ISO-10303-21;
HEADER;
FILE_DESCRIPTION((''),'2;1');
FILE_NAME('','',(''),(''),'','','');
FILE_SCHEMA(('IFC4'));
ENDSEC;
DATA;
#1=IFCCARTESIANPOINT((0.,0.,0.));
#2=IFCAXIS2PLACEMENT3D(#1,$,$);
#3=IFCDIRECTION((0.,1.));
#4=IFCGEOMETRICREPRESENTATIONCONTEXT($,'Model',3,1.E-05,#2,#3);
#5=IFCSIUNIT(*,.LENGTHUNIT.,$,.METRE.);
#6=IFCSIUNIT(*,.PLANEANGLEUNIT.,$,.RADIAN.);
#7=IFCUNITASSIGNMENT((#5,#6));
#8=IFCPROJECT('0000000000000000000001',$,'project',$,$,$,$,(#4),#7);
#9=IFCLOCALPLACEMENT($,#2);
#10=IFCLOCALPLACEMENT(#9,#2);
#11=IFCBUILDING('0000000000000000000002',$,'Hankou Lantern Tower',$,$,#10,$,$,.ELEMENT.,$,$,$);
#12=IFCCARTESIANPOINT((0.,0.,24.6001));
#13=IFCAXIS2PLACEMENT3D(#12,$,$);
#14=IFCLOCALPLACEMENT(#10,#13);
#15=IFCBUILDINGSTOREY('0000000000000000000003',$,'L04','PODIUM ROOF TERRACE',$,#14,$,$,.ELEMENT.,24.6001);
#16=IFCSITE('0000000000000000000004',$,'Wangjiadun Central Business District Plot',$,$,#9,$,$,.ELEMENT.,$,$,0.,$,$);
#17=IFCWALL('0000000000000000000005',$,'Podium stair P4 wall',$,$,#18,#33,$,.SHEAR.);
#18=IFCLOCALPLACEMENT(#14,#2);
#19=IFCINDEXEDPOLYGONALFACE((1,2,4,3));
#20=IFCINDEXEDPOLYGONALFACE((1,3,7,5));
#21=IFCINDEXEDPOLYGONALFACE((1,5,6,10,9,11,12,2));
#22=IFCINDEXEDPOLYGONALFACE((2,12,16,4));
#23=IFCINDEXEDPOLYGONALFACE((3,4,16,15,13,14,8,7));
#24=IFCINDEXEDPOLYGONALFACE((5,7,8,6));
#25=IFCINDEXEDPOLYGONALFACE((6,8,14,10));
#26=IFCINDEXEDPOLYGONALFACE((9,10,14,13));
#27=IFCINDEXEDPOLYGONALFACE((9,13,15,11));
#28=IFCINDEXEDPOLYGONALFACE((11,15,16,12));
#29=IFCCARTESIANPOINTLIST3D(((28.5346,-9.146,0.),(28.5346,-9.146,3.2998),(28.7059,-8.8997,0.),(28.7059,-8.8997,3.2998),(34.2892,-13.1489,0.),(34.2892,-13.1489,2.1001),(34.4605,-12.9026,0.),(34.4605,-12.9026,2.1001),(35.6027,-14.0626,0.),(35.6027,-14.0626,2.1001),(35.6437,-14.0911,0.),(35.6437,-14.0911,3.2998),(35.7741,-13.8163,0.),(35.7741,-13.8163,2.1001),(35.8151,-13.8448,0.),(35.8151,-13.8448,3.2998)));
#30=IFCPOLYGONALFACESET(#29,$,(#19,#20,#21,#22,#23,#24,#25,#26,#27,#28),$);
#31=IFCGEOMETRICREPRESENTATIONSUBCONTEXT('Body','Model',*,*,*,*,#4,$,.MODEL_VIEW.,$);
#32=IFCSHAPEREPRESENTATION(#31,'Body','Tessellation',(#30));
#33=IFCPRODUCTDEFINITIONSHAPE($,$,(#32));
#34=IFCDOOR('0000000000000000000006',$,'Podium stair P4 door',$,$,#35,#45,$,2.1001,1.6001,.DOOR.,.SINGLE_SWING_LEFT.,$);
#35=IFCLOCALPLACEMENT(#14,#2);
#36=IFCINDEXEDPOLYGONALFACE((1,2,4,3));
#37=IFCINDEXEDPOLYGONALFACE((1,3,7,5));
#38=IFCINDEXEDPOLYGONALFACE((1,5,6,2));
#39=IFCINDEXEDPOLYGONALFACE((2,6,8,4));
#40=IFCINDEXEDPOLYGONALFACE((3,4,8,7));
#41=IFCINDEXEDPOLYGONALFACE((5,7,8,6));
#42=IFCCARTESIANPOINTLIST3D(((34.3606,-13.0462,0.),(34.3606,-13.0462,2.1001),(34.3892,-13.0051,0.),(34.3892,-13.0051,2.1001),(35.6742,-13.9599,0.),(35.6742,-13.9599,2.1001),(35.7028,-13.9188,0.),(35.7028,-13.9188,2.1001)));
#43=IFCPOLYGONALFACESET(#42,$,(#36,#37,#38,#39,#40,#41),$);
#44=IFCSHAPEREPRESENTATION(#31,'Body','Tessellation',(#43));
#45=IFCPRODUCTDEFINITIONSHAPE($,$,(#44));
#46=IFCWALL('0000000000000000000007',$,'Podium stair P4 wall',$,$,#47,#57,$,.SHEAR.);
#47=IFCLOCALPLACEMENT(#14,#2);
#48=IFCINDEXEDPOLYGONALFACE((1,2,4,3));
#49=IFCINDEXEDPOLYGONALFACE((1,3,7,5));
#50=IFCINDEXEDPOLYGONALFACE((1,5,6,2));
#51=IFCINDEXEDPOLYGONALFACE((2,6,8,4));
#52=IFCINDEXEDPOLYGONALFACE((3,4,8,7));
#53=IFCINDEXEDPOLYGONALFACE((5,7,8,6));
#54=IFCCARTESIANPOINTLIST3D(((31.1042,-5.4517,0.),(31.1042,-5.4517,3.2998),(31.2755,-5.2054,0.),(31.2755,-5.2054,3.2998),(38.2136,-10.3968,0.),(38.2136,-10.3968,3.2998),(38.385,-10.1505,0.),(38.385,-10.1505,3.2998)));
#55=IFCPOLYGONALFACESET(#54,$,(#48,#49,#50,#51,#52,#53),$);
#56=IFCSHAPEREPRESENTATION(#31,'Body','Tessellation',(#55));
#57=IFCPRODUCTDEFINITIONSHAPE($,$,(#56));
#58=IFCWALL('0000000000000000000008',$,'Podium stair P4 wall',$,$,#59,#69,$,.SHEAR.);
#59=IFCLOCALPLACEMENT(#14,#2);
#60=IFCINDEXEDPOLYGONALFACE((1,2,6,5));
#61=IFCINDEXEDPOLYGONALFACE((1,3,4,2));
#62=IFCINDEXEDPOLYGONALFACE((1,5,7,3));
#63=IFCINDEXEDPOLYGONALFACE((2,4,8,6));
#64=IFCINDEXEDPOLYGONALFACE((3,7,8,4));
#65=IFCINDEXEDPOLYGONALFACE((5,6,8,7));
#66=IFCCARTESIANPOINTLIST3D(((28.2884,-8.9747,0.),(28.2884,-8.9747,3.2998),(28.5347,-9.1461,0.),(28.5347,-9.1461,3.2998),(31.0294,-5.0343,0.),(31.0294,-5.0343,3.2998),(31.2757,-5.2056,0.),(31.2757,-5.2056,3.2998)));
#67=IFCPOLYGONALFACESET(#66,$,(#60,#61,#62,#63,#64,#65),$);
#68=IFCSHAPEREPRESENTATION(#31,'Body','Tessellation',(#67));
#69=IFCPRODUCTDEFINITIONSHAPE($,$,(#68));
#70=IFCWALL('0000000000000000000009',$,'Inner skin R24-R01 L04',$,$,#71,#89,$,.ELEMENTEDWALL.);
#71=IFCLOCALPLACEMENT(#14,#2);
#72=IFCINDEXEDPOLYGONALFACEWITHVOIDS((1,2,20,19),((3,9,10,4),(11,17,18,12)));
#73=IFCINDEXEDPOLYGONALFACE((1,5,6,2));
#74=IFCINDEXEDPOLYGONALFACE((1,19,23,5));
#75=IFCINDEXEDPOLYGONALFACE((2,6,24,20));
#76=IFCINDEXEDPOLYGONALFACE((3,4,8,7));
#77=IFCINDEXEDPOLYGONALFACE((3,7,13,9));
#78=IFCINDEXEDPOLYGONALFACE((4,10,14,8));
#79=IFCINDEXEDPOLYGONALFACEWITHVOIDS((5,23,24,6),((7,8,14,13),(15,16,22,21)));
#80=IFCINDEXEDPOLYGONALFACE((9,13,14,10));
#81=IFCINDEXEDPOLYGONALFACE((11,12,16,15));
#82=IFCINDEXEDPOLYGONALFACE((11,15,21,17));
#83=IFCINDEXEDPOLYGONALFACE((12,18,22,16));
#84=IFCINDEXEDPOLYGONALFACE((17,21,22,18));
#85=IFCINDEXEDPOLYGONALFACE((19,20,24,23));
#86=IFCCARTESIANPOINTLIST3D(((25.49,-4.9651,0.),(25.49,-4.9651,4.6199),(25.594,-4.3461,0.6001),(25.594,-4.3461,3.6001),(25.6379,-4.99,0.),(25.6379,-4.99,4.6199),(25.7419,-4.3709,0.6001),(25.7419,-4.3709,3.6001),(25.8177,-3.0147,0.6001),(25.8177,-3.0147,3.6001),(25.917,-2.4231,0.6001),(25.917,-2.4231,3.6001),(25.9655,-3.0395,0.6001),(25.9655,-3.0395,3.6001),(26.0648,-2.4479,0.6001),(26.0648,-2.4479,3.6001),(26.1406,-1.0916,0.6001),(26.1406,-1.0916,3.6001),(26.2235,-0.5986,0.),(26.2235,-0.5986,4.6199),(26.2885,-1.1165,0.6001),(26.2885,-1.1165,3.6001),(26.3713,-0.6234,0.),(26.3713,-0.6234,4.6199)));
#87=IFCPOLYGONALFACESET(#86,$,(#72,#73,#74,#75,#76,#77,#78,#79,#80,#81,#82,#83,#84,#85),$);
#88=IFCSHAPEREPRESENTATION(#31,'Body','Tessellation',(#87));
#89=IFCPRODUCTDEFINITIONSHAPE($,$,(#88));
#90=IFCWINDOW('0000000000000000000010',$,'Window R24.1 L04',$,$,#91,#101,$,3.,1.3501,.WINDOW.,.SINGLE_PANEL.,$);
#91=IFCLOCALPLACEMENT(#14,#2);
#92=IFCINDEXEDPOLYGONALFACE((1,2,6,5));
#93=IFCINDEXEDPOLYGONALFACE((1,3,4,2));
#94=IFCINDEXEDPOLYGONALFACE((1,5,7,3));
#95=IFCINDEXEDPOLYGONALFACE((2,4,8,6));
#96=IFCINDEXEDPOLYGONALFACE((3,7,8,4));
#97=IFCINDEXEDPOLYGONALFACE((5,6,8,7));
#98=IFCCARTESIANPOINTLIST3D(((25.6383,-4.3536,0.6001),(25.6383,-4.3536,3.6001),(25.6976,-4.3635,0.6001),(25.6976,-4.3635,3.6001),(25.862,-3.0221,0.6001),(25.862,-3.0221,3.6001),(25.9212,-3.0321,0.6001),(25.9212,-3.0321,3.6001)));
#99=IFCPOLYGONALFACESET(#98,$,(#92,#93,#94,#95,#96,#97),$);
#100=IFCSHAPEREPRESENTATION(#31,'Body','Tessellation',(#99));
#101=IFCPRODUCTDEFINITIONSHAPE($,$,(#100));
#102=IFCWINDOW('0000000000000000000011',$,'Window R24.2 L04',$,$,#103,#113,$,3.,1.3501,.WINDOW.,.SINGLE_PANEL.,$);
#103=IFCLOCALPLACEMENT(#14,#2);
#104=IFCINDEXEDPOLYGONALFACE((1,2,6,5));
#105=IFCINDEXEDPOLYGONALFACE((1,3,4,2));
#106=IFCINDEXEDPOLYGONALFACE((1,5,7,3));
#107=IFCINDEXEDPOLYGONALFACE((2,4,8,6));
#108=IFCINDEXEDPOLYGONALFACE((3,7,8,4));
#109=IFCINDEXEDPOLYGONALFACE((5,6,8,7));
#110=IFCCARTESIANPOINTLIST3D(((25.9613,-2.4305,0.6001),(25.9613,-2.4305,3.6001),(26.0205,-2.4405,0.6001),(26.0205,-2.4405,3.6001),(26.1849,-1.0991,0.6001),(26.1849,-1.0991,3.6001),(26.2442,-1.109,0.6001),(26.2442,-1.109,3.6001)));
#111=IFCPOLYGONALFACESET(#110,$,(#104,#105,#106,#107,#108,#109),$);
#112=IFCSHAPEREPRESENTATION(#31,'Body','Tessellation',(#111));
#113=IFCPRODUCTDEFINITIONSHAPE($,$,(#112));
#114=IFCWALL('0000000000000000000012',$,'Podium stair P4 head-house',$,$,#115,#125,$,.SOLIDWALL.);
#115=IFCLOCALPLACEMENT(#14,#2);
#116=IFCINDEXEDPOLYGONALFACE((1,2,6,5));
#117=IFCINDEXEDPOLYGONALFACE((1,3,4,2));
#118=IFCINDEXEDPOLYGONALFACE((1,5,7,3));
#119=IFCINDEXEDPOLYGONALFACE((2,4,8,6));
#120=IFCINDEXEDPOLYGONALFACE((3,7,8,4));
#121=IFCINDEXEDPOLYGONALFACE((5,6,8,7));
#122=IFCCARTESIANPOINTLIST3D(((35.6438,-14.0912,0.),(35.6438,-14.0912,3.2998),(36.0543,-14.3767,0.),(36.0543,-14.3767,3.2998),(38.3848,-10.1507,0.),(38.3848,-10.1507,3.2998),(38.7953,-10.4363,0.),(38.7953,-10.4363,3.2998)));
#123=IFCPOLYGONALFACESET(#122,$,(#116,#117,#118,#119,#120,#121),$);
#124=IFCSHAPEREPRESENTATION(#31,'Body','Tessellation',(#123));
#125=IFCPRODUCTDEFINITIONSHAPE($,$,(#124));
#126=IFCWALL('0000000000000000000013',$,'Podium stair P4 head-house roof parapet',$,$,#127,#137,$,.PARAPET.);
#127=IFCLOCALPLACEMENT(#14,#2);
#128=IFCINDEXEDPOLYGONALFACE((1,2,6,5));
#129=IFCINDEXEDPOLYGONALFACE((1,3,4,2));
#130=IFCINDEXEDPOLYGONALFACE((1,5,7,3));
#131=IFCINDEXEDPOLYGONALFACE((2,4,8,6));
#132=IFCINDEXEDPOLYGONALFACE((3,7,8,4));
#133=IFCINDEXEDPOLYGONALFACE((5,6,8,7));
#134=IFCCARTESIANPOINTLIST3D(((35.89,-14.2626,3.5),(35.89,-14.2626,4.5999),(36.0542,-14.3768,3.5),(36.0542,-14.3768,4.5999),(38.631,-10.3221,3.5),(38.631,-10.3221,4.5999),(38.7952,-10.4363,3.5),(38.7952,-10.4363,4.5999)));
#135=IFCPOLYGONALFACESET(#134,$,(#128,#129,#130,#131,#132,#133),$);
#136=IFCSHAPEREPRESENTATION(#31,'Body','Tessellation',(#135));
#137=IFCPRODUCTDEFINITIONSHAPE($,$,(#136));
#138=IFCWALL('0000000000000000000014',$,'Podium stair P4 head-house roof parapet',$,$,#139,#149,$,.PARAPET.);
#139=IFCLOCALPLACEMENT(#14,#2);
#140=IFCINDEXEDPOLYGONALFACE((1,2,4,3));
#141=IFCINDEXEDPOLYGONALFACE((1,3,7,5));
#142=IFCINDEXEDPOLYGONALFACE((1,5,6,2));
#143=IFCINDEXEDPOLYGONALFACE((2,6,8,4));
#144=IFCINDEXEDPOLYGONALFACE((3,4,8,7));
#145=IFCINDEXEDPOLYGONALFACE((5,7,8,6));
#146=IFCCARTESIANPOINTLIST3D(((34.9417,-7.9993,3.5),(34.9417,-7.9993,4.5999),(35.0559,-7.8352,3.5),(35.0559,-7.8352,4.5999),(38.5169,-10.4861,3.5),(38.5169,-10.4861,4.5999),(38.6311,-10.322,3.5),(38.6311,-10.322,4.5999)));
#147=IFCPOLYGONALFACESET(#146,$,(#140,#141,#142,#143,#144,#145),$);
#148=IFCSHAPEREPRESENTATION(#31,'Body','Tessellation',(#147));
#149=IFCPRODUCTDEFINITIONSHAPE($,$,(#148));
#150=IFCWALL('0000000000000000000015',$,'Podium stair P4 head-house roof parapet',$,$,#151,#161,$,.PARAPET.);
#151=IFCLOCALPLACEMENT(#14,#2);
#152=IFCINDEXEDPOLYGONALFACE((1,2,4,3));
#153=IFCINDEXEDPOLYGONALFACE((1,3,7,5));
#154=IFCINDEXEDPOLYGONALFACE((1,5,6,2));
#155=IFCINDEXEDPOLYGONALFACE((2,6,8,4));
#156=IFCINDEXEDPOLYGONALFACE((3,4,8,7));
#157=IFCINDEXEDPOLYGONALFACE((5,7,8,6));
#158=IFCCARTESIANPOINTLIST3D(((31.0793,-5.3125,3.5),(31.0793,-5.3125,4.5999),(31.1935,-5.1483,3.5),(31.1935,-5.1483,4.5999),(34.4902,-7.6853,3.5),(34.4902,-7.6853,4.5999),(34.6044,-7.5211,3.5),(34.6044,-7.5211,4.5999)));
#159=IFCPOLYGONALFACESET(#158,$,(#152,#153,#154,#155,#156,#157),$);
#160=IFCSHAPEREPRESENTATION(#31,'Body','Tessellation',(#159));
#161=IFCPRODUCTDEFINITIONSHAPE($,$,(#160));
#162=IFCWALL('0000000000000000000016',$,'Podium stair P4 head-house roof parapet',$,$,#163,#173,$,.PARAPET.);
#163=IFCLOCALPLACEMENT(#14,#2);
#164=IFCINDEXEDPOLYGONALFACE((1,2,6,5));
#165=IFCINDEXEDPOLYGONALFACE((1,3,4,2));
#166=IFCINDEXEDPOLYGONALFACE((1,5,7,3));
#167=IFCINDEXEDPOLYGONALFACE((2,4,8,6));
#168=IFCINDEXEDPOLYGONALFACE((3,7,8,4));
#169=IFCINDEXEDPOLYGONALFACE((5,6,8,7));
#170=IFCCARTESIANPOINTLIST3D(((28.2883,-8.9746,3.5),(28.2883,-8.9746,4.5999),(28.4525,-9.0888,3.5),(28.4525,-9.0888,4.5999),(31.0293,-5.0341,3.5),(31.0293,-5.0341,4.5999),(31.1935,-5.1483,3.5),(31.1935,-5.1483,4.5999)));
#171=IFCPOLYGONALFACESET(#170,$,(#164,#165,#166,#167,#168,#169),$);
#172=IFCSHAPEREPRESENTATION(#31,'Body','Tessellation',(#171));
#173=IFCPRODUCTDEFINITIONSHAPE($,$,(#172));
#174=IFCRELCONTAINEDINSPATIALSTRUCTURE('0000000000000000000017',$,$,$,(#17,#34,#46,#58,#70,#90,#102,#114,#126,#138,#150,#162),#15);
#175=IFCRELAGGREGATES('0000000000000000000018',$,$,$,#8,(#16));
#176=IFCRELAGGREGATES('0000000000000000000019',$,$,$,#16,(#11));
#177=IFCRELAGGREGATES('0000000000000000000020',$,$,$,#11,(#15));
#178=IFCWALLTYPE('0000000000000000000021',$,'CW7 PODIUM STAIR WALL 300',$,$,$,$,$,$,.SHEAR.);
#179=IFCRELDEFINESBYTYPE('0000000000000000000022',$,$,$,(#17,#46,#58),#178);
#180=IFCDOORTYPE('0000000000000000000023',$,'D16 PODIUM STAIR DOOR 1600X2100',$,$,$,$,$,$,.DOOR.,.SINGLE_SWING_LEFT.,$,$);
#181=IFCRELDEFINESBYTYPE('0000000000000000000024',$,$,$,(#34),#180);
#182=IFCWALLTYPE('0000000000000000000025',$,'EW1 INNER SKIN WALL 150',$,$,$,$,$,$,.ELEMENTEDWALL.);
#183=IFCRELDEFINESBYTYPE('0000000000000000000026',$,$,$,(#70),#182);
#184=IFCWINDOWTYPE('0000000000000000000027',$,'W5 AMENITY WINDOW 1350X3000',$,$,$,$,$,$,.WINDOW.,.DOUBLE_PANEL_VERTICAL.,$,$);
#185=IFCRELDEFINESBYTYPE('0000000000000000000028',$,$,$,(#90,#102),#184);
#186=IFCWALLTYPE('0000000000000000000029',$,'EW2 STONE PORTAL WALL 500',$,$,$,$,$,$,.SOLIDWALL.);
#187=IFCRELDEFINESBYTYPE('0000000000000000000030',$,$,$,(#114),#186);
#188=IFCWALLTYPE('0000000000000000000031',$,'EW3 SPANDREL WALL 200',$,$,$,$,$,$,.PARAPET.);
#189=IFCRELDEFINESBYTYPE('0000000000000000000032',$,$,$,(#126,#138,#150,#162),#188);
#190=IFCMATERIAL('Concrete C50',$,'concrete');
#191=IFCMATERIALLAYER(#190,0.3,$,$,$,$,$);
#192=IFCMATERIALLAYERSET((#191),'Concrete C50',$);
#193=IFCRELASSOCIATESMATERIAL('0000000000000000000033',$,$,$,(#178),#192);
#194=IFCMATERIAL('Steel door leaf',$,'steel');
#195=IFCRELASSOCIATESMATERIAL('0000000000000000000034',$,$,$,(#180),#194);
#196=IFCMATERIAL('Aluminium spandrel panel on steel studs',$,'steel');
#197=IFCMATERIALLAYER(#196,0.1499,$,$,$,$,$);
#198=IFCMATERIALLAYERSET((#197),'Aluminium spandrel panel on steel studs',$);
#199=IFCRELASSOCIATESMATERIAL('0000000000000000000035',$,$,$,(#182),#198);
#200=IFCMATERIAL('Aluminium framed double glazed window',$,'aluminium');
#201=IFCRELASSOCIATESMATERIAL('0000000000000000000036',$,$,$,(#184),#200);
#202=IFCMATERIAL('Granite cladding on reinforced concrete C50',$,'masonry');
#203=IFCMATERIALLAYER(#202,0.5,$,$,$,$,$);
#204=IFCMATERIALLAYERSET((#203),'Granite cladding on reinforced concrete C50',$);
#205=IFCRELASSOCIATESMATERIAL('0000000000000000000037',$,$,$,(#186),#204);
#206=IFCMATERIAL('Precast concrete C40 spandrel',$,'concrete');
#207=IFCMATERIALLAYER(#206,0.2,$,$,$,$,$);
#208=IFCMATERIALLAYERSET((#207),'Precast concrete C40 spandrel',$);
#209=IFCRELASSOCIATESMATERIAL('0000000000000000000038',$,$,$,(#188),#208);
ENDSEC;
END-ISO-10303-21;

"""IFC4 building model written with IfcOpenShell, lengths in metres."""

from ifc_helpers import new_model, si_unit, direction, frame, frame_2d, origin, place, context, subcontext, project, spatial, rectangle, extrude, material, layer, layer_set, type_object, element, fill, save


model = new_model("IFC4")

# Units and contexts
model_context = context("Model", 3, precision=1e-05, world=origin(), true_north=direction((0.0, 1.0)))
body_context = subcontext(model_context, "Body", "Model", "MODEL_VIEW")
ifc_project = project(units=[si_unit("LENGTHUNIT", "METRE"), si_unit("PLANEANGLEUNIT", "RADIAN")], contexts=[model_context])

# Site, building, storey
site_placement = place(None, origin())
site = spatial("IfcSite", under=ifc_project, at=site_placement, Name="Wangjiadun Central Business District Plot", CompositionType="ELEMENT", RefElevation=0.0)
building_placement = place(site_placement, origin())
building = spatial("IfcBuilding", under=site, at=building_placement, Name="Hankou Lantern Tower", CompositionType="ELEMENT")
storey_placement = place(building_placement, frame((0.0, 0.0, 24.6001)))
storey = spatial("IfcBuildingStorey", under=building, at=storey_placement, Name="L04", Description="PODIUM ROOF TERRACE", CompositionType="ELEMENT", Elevation=24.6001)

# Wall, opening, door
ifc_material_1 = material(Name="Concrete C50", Category="concrete")
ifc_layer_1 = layer(ifc_material_1, 0.3)
ifc_layer_set_1 = layer_set([ifc_layer_1], Name="Concrete C50")
wall_type_1 = type_object("IfcWallType", Name="CW7 PODIUM STAIR WALL 300", PredefinedType="SHEAR", material=ifc_layer_set_1)
wall_1_placement = place(storey_placement, frame((35.7295, -13.968, 0.0), z_axis=(0.0, 0.0, 1.0), x_axis=(-0.820928, 0.571032, 0.0)))
wall_1 = element("IfcWall", 1, at=wall_1_placement, inside=storey, type_object=wall_type_1, Name="Podium stair P4 wall", PredefinedType="SHEAR", context=body_context, shape_type="SweptSolid", body=[
    extrude(rectangle(XDim=8.6599, YDim=0.3, at=frame_2d((4.3301, 0.0))), origin(), (0.0, 0.0, 1.0), 3.2998),
])
opening_1_placement = place(wall_1_placement, frame((0.05, 0.0, 0.0)))
opening_1 = element("IfcOpeningElement", 2, at=opening_1_placement, cuts=wall_1, PredefinedType="OPENING", context=body_context, shape_type="SweptSolid", body=[
    extrude(rectangle(XDim=1.6001, YDim=2.1001, at=frame_2d((0.8, 1.05))), frame((0.0, 0.1599, 0.0), z_axis=(0.0, -1.0, 0.0), x_axis=(1.0, 0.0, 0.0)), (0.0, 0.0, 1.0), 0.3201),
])
ifc_material_2 = material(Name="Steel door leaf", Category="steel")
door_type = type_object("IfcDoorType", Name="D16 PODIUM STAIR DOOR 1600X2100", OperationType="SINGLE_SWING_LEFT", PredefinedType="DOOR", material=ifc_material_2)
door_placement = place(opening_1_placement, origin())
door = element("IfcDoor", 3, at=door_placement, inside=storey, type_object=door_type, Name="Podium stair P4 door", OperationType="SINGLE_SWING_LEFT", OverallHeight=2.1001, OverallWidth=1.6001, PredefinedType="DOOR", context=body_context, shape_type="SweptSolid", body=[
    extrude(rectangle(XDim=1.6001, YDim=2.1001, at=frame_2d((0.8, 1.05))), frame((0.0, 0.0249, 0.0), z_axis=(0.0, -1.0, 0.0), x_axis=(1.0, 0.0, 0.0)), (0.0, 0.0, 1.0), 0.05),
])
fill(opening_1, door)

# Walls
wall_2_placement = place(storey_placement, frame((38.2993, -10.2737, 0.0), z_axis=(0.0, 0.0, 1.0), x_axis=(-0.820937, 0.571019, 0.0)))
element("IfcWall", 4, at=wall_2_placement, inside=storey, type_object=wall_type_1, Name="Podium stair P4 wall", PredefinedType="SHEAR", context=body_context, shape_type="SweptSolid", body=[
    extrude(rectangle(XDim=8.6602, YDim=0.3, at=frame_2d((4.3301, 0.0))), origin(), (0.0, 0.0, 1.0), 3.2998),
])
wall_3_placement = place(storey_placement, frame((28.4116, -9.0603, 0.0), z_axis=(0.0, 0.0, 1.0), x_axis=(0.571036, 0.820925, 0.0)))
element("IfcWall", 5, at=wall_3_placement, inside=storey, type_object=wall_type_1, Name="Podium stair P4 wall", PredefinedType="SHEAR", context=body_context, shape_type="SweptSolid", body=[
    extrude(rectangle(XDim=4.8, YDim=0.3, at=frame_2d((2.3999, 0.0))), origin(), (0.0, 0.0, 1.0), 3.2998),
])

# Wall, openings, windows
ifc_material_3 = material(Name="Aluminium spandrel panel on steel studs", Category="steel")
ifc_layer_2 = layer(ifc_material_3, 0.1499)
ifc_layer_set_2 = layer_set([ifc_layer_2], Name="Aluminium spandrel panel on steel studs")
wall_type_2 = type_object("IfcWallType", Name="EW1 INNER SKIN WALL 150", PredefinedType="ELEMENTEDWALL", material=ifc_layer_set_2)
wall_4_placement = place(storey_placement, frame((25.564, -4.9775, 0.0), z_axis=(0.0, 0.0, 1.0), x_axis=(0.165642, 0.986186, 0.0)))
wall_4 = element("IfcWall", 6, at=wall_4_placement, inside=storey, type_object=wall_type_2, Name="Inner skin R24-R01 L04", PredefinedType="ELEMENTEDWALL", context=body_context, shape_type="SweptSolid", body=[
    extrude(rectangle(XDim=4.4277, YDim=0.1499, at=frame_2d((2.2139, 0.0))), origin(), (0.0, 0.0, 1.0), 4.6199),
])
opening_2_placement = place(wall_4_placement, frame((0.6277, 0.0, 0.6001)))
opening_2 = element("IfcOpeningElement", 7, at=opening_2_placement, cuts=wall_4, PredefinedType="OPENING", context=body_context, shape_type="SweptSolid", body=[
    extrude(rectangle(XDim=1.3501, YDim=3.0, at=frame_2d((0.675, 1.5))), frame((0.0, 0.085, 0.0), z_axis=(0.0, -1.0, 0.0), x_axis=(1.0, 0.0, 0.0)), (0.0, 0.0, 1.0), 0.1699),
])
opening_3_placement = place(wall_4_placement, frame((2.5776, 0.0, 0.6001)))
opening_3 = element("IfcOpeningElement", 8, at=opening_3_placement, cuts=wall_4, PredefinedType="OPENING", context=body_context, shape_type="SweptSolid", body=[
    extrude(rectangle(XDim=1.3501, YDim=3.0, at=frame_2d((0.675, 1.5))), frame((0.0, 0.085, 0.0), z_axis=(0.0, -1.0, 0.0), x_axis=(1.0, 0.0, 0.0)), (0.0, 0.0, 1.0), 0.1699),
])
ifc_material_4 = material(Name="Aluminium framed double glazed window", Category="aluminium")
window_type = type_object("IfcWindowType", Name="W5 AMENITY WINDOW 1350X3000", PartitioningType="DOUBLE_PANEL_VERTICAL", PredefinedType="WINDOW", material=ifc_material_4)
window_1_placement = place(opening_2_placement, origin())
window_1 = element("IfcWindow", 9, at=window_1_placement, inside=storey, type_object=window_type, Name="Window R24.1 L04", OverallHeight=3.0, OverallWidth=1.3501, PartitioningType="SINGLE_PANEL", PredefinedType="WINDOW", context=body_context, shape_type="SweptSolid", body=[
    extrude(rectangle(XDim=1.3501, YDim=3.0, at=frame_2d((0.675, 1.5))), frame((0.0, 0.03, 0.0), z_axis=(0.0, -1.0, 0.0), x_axis=(1.0, 0.0, 0.0)), (0.0, 0.0, 1.0), 0.0601),
])
fill(opening_2, window_1)
window_2_placement = place(opening_3_placement, origin())
window_2 = element("IfcWindow", 10, at=window_2_placement, inside=storey, type_object=window_type, Name="Window R24.2 L04", OverallHeight=3.0, OverallWidth=1.3501, PartitioningType="SINGLE_PANEL", PredefinedType="WINDOW", context=body_context, shape_type="SweptSolid", body=[
    extrude(rectangle(XDim=1.3501, YDim=3.0, at=frame_2d((0.675, 1.5))), frame((0.0, 0.03, 0.0), z_axis=(0.0, -1.0, 0.0), x_axis=(1.0, 0.0, 0.0)), (0.0, 0.0, 1.0), 0.0601),
])
fill(opening_3, window_2)

# Walls
ifc_material_5 = material(Name="Granite cladding on reinforced concrete C50", Category="masonry")
ifc_layer_3 = layer(ifc_material_5, 0.5)
ifc_layer_set_3 = layer_set([ifc_layer_3], Name="Granite cladding on reinforced concrete C50")
wall_type_3 = type_object("IfcWallType", Name="EW2 STONE PORTAL WALL 500", PredefinedType="SOLIDWALL", material=ifc_layer_set_3)
wall_5_placement = place(storey_placement, frame((35.8491, -14.2339, 0.0), z_axis=(0.0, 0.0, 1.0), x_axis=(0.571036, 0.820925, 0.0)))
element("IfcWall", 11, at=wall_5_placement, inside=storey, type_object=wall_type_3, Name="Podium stair P4 head-house", PredefinedType="SOLIDWALL", context=body_context, shape_type="SweptSolid", body=[
    extrude(rectangle(XDim=4.8, YDim=0.5, at=frame_2d((2.3999, 0.0))), origin(), (0.0, 0.0, 1.0), 3.2998),
])
ifc_material_6 = material(Name="Precast concrete C40 spandrel", Category="concrete")
ifc_layer_4 = layer(ifc_material_6, 0.2)
ifc_layer_set_4 = layer_set([ifc_layer_4], Name="Precast concrete C40 spandrel")
wall_type_4 = type_object("IfcWallType", Name="EW3 SPANDREL WALL 200", PredefinedType="PARAPET", material=ifc_layer_set_4)
wall_6_placement = place(storey_placement, frame((35.9722, -14.3196, 3.5), z_axis=(0.0, 0.0, 1.0), x_axis=(0.571036, 0.820925, 0.0)))
element("IfcWall", 12, at=wall_6_placement, inside=storey, type_object=wall_type_4, Name="Podium stair P4 head-house roof parapet", PredefinedType="PARAPET", context=body_context, shape_type="SweptSolid", body=[
    extrude(rectangle(XDim=4.8, YDim=0.2, at=frame_2d((2.3999, 0.0))), origin(), (0.0, 0.0, 1.0), 1.0999),
])
wall_7_placement = place(storey_placement, frame((38.574, -10.4041, 3.5), z_axis=(0.0, 0.0, 1.0), x_axis=(-0.820935, 0.571022, 0.0)))
element("IfcWall", 13, at=wall_7_placement, inside=storey, type_object=wall_type_4, Name="Podium stair P4 head-house roof parapet", PredefinedType="PARAPET", context=body_context, shape_type="SweptSolid", body=[
    extrude(rectangle(XDim=4.355, YDim=0.2, at=frame_2d((2.1775, 0.0))), origin(), (0.0, 0.0, 1.0), 1.0999),
])
wall_8_placement = place(storey_placement, frame((34.5474, -7.6033, 3.5), z_axis=(0.0, 0.0, 1.0), x_axis=(-0.820904, 0.571066, 0.0)))
element("IfcWall", 14, at=wall_8_placement, inside=storey, type_object=wall_type_4, Name="Podium stair P4 head-house roof parapet", PredefinedType="PARAPET", context=body_context, shape_type="SweptSolid", body=[
    extrude(rectangle(XDim=4.155, YDim=0.2, at=frame_2d((2.0776, 0.0))), origin(), (0.0, 0.0, 1.0), 1.0999),
])
wall_9_placement = place(storey_placement, frame((31.1113, -5.0913, 3.5), z_axis=(0.0, 0.0, 1.0), x_axis=(-0.571036, -0.820925, 0.0)))
element("IfcWall", 15, at=wall_9_placement, inside=storey, type_object=wall_type_4, Name="Podium stair P4 head-house roof parapet", PredefinedType="PARAPET", context=body_context, shape_type="SweptSolid", body=[
    extrude(rectangle(XDim=4.8, YDim=0.2, at=frame_2d((2.3999, 0.0))), origin(), (0.0, 0.0, 1.0), 1.0999),
])

save(model, "model.ifc")
